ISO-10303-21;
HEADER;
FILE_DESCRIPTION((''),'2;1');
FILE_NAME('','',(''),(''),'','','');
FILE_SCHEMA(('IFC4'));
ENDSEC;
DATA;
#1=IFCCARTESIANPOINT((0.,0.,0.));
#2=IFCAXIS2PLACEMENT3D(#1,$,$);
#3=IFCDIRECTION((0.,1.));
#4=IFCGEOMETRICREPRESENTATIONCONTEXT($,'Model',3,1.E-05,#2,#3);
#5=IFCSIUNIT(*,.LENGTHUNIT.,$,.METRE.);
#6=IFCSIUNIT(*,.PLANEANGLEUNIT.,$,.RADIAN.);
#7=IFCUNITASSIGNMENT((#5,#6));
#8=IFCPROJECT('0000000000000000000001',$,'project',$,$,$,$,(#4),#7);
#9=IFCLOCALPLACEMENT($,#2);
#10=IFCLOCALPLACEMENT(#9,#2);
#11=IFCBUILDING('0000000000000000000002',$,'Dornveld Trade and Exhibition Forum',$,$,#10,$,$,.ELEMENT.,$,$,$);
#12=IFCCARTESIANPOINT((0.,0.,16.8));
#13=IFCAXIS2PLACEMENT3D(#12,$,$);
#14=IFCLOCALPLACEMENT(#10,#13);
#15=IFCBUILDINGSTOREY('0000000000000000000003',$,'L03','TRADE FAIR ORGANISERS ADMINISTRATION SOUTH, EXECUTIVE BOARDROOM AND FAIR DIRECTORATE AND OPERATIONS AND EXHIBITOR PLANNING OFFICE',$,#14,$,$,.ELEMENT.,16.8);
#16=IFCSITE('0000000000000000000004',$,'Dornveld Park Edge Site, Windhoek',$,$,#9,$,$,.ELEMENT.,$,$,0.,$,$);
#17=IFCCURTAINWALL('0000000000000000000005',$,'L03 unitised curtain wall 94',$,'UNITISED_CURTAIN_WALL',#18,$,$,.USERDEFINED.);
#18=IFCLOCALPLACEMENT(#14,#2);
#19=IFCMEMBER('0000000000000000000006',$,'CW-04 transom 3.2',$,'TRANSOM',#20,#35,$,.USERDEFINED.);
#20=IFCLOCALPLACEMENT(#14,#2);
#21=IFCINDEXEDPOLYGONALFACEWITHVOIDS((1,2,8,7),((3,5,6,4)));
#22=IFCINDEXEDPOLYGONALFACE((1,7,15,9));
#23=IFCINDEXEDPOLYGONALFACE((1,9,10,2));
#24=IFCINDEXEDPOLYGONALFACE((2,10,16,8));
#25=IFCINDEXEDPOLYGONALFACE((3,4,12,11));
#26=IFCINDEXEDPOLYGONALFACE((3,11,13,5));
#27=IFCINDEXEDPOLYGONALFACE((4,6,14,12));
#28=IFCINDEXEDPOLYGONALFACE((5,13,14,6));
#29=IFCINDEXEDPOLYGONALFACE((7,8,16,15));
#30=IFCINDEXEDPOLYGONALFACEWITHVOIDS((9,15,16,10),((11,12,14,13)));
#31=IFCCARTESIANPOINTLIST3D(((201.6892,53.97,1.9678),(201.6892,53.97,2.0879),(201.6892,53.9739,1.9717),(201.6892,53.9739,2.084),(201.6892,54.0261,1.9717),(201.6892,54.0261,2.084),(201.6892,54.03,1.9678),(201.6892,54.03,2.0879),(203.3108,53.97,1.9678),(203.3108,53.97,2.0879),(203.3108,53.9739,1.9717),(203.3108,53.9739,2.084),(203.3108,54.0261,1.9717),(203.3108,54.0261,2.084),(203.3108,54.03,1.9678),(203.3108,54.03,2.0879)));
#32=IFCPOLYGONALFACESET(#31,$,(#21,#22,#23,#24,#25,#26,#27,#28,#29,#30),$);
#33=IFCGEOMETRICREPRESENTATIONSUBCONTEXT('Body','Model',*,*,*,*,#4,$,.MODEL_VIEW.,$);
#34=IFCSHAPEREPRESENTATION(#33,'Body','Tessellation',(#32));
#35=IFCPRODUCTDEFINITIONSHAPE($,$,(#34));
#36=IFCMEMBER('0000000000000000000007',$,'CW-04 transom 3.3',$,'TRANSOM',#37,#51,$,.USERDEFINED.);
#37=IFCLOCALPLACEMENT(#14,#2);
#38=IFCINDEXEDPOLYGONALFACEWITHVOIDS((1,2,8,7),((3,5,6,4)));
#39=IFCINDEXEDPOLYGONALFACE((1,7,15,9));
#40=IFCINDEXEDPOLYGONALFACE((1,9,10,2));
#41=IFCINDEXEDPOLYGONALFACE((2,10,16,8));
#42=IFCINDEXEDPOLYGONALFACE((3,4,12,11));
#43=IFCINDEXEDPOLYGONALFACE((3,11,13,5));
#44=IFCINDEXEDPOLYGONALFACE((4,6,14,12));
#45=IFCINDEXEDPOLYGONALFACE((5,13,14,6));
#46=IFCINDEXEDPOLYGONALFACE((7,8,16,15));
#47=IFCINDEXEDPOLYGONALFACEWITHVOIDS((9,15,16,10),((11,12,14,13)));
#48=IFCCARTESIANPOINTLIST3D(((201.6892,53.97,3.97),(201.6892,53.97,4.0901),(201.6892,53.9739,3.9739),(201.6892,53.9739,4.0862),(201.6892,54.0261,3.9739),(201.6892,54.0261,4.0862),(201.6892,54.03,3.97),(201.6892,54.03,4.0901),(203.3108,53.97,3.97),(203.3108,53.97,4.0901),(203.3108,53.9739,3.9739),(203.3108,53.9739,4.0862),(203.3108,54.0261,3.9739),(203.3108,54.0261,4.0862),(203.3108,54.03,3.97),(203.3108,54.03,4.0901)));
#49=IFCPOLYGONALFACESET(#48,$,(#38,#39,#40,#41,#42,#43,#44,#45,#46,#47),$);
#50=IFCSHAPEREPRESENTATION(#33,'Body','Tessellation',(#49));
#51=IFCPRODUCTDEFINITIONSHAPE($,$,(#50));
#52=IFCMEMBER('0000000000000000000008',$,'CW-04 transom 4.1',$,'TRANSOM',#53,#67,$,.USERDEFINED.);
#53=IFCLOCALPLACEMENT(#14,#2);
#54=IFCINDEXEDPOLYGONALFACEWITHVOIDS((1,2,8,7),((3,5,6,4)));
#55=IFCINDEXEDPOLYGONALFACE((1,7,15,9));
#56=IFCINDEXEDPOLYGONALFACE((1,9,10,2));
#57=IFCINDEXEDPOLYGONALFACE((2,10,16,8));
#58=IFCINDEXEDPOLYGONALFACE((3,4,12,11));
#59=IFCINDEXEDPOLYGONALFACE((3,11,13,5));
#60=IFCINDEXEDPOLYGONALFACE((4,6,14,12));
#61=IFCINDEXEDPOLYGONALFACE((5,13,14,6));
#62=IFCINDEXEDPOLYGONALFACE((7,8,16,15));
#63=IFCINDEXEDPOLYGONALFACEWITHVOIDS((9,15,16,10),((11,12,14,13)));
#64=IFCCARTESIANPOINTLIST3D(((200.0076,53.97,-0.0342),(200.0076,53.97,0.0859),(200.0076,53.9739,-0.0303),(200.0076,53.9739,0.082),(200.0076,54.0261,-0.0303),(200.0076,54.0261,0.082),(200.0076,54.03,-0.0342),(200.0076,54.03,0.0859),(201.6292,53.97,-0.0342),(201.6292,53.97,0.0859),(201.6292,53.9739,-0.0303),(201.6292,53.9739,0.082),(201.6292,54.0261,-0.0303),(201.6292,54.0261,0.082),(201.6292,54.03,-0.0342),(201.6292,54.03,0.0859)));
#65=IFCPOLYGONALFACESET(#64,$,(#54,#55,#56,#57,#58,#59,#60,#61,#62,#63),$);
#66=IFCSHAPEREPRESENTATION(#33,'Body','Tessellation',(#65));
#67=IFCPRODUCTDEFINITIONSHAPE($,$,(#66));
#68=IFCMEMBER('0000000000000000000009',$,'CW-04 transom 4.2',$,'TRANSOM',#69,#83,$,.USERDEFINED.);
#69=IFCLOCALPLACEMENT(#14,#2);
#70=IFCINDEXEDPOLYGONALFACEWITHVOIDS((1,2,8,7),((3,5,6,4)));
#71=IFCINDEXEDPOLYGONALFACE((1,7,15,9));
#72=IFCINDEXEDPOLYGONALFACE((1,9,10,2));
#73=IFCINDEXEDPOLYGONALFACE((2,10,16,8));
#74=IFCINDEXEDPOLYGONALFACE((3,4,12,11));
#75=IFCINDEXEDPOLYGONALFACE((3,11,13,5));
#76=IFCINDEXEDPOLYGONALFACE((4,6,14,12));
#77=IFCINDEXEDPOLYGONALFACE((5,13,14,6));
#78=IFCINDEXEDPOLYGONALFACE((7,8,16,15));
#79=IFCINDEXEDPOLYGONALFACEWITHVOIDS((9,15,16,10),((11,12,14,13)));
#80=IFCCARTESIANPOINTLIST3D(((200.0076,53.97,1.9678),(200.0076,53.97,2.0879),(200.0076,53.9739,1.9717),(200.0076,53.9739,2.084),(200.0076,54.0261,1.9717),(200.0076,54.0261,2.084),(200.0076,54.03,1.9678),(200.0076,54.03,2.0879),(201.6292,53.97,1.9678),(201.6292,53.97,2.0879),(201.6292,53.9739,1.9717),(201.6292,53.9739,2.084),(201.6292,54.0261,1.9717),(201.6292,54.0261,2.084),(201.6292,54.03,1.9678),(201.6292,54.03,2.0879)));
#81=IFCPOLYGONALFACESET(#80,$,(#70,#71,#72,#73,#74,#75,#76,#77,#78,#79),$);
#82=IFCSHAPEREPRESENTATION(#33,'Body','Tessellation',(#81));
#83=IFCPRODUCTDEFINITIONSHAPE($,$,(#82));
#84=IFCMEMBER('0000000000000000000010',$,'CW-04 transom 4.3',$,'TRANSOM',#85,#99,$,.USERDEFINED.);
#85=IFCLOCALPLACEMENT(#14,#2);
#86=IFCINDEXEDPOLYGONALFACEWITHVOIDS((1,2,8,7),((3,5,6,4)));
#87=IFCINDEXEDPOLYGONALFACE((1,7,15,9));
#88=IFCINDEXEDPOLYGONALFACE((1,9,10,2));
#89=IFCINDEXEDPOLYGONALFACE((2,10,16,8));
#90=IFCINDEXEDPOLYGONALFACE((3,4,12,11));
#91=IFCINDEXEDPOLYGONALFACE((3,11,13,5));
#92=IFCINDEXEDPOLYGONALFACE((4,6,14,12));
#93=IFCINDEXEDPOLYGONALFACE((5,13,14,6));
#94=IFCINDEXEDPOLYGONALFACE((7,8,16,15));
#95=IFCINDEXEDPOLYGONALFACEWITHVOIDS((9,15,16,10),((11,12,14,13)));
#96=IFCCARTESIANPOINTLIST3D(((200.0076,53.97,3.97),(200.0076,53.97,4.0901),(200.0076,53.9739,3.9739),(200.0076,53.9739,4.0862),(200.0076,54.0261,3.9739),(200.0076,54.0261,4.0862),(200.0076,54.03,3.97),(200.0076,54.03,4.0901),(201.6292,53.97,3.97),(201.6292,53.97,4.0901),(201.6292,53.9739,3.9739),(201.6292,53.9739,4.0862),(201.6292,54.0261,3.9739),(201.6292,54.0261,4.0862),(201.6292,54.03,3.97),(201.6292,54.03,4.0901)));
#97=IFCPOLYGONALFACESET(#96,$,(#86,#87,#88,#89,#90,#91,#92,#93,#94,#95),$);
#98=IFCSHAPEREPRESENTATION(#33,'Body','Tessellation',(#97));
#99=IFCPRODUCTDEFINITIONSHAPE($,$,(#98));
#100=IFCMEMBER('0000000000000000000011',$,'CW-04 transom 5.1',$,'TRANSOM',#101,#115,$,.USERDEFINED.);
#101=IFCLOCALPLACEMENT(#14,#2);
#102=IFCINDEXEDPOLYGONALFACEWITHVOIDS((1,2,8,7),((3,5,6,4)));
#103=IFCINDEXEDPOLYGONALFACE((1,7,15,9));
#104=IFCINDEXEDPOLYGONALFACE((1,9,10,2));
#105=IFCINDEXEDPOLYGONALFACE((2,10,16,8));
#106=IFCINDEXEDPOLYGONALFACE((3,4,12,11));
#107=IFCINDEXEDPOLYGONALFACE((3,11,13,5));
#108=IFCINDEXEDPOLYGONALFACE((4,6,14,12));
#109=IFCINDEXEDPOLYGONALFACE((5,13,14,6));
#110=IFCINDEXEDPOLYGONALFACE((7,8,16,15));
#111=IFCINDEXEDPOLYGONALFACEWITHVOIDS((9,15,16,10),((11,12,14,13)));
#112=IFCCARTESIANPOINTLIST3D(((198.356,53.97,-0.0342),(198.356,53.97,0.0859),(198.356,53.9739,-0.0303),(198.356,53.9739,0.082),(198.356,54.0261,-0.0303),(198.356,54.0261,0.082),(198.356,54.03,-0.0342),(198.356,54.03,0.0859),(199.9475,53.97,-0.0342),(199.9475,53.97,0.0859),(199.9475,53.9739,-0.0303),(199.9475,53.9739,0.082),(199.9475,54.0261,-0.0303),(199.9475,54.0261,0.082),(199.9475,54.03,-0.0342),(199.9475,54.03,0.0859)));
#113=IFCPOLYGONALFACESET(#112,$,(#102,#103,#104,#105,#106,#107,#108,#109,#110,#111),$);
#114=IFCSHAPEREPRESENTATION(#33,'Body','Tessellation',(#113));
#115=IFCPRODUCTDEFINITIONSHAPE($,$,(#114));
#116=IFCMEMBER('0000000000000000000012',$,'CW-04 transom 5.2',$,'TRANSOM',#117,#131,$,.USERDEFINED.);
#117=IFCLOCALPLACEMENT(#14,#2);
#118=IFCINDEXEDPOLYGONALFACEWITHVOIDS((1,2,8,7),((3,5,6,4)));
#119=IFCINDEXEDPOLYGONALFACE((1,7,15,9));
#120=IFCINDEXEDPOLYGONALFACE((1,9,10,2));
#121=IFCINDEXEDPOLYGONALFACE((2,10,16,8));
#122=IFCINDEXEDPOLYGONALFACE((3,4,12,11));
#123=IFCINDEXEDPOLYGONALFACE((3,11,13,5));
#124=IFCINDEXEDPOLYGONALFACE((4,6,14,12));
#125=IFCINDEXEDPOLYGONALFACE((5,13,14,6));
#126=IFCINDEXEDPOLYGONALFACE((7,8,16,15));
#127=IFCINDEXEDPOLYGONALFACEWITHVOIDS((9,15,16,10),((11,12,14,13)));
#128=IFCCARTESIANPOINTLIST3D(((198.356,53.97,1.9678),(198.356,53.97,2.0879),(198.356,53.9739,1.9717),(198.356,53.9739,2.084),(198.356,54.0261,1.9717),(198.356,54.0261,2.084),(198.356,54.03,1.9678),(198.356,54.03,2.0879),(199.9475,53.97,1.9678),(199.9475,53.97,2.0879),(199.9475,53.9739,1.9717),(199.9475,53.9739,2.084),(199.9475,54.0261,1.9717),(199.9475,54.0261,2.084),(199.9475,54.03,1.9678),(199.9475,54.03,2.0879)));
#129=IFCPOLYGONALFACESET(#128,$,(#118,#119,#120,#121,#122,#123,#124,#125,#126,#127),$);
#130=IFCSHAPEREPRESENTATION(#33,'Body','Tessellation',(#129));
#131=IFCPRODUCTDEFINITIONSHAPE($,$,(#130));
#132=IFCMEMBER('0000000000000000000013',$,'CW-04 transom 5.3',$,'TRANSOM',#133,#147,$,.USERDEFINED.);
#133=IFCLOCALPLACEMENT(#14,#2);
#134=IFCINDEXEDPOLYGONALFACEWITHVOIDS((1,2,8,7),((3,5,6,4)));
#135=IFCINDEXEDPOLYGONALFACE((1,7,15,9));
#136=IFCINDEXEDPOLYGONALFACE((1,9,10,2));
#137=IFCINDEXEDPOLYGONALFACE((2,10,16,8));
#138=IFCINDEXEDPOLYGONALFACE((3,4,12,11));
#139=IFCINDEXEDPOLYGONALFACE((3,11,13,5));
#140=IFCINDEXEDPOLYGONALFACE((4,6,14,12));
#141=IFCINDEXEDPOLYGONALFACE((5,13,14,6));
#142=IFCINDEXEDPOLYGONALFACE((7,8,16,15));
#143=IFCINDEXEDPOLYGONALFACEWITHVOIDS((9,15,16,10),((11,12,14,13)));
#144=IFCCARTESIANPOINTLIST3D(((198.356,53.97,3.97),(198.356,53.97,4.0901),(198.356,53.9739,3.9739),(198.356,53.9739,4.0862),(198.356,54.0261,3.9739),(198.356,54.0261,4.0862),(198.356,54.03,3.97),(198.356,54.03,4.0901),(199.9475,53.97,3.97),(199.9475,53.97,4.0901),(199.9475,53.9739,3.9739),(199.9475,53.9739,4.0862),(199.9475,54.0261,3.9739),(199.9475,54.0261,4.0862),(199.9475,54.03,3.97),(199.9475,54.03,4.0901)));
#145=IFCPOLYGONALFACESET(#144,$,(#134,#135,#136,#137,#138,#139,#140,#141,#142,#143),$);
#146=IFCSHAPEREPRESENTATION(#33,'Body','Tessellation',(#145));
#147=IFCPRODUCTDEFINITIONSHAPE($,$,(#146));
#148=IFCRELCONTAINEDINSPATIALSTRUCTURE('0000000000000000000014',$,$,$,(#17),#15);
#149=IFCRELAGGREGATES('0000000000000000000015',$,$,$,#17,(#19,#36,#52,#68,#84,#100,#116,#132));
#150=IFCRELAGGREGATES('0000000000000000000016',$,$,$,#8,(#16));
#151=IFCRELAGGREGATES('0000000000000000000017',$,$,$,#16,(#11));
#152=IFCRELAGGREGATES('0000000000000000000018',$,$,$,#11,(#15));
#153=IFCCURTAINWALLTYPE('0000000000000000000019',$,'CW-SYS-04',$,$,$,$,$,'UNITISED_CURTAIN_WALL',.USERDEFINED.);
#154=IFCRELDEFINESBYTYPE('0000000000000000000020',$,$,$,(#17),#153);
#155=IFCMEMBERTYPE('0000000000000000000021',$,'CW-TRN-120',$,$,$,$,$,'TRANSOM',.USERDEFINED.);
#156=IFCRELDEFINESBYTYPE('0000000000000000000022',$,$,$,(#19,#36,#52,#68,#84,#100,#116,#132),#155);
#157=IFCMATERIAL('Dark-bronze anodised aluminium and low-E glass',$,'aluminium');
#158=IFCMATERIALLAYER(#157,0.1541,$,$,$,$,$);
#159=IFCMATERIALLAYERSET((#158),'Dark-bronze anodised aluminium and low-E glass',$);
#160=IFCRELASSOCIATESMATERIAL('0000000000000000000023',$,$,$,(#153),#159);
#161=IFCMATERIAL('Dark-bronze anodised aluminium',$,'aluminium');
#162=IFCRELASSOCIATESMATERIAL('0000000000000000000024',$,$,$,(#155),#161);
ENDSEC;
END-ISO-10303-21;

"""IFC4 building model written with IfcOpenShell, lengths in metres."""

from ifc_helpers import new_model, si_unit, direction, frame, origin, origin_2d, place, context, subcontext, project, spatial, hollow_rectangle, extrude, material, layer, layer_set, material_profile, profile_set, type_object, element, aggregate, save


model = new_model("IFC4")

# Units and contexts
model_context = context("Model", 3, precision=1e-05, world=origin(), true_north=direction((0.0, 1.0)))
body_context = subcontext(model_context, "Body", "Model", "MODEL_VIEW")
ifc_project = project(units=[si_unit("LENGTHUNIT", "METRE"), si_unit("PLANEANGLEUNIT", "RADIAN")], contexts=[model_context])

# Site, building, storey
site_placement = place(None, origin())
site = spatial("IfcSite", under=ifc_project, at=site_placement, Name="Dornveld Park Edge Site, Windhoek", CompositionType="ELEMENT", RefElevation=0.0)
building_placement = place(site_placement, origin())
building = spatial("IfcBuilding", under=site, at=building_placement, Name="Dornveld Trade and Exhibition Forum", CompositionType="ELEMENT")
storey_placement = place(building_placement, frame((0.0, 0.0, 16.8)))
storey = spatial("IfcBuildingStorey", under=building, at=storey_placement, Name="L03", Description="TRADE FAIR ORGANISERS ADMINISTRATION SOUTH, EXECUTIVE BOARDROOM AND FAIR DIRECTORATE AND OPERATIONS AND EXHIBITOR PLANNING OFFICE", CompositionType="ELEMENT", Elevation=16.8)

# Curtain wall
ifc_material_1 = material(Name="Dark-bronze anodised aluminium and low-E glass", Category="aluminium")
ifc_layer_1 = layer(ifc_material_1, 0.1541)
ifc_layer_set_1 = layer_set([ifc_layer_1], Name="Dark-bronze anodised aluminium and low-E glass")
curtain_wall_type_1 = type_object("IfcCurtainWallType", Name="CW-SYS-04", ElementType="UNITISED_CURTAIN_WALL", PredefinedType="USERDEFINED", material=ifc_layer_set_1)
curtain_wall_1_placement = place(storey_placement, origin())
curtain_wall_1 = element("IfcCurtainWall", 1, at=curtain_wall_1_placement, inside=storey, type_object=curtain_wall_type_1, Name="L03 unitised curtain wall 94", ObjectType="UNITISED_CURTAIN_WALL", PredefinedType="USERDEFINED")

# Members
ifc_material_2 = material(Name="Dark-bronze anodised aluminium", Category="aluminium")
ifc_material_profile_1 = material_profile(ifc_material_2, hollow_rectangle(XDim=0.0601, YDim=0.1201, WallThickness=0.0039, at=origin_2d()), Name="RHS 120x60x4")
ifc_profile_set_1 = profile_set([ifc_material_profile_1], Name="Dark-bronze anodised aluminium")
member_type_1 = type_object("IfcMemberType", Name="CW-TRN-120", ElementType="TRANSOM", PredefinedType="USERDEFINED", material=ifc_profile_set_1)
member_1_placement = place(storey_placement, frame((203.3108, 54.0, 2.0278), z_axis=(-1.0, 0.0, 0.0), x_axis=(0.0, -1.0, 0.0)))
member_1 = element("IfcMember", 2, at=member_1_placement, type_object=member_type_1, Name="CW-04 transom 3.2", ObjectType="TRANSOM", PredefinedType="USERDEFINED", context=body_context, shape_type="SweptSolid", body=[
    extrude(hollow_rectangle(XDim=0.0601, YDim=0.1201, WallThickness=0.0039, at=origin_2d()), origin(), (0.0, 0.0, 1.0), 1.6216),
])
member_2_placement = place(storey_placement, frame((203.3108, 54.0, 4.03), z_axis=(-1.0, 0.0, 0.0), x_axis=(0.0, -1.0, 0.0)))
member_2 = element("IfcMember", 3, at=member_2_placement, type_object=member_type_1, Name="CW-04 transom 3.3", ObjectType="TRANSOM", PredefinedType="USERDEFINED", context=body_context, shape_type="SweptSolid", body=[
    extrude(hollow_rectangle(XDim=0.0601, YDim=0.1201, WallThickness=0.0039, at=origin_2d()), origin(), (0.0, 0.0, 1.0), 1.6216),
])
member_3_placement = place(storey_placement, frame((201.6292, 54.0, 0.0259), z_axis=(-1.0, 0.0, 0.0), x_axis=(0.0, -1.0, 0.0)))
member_3 = element("IfcMember", 4, at=member_3_placement, type_object=member_type_1, Name="CW-04 transom 4.1", ObjectType="TRANSOM", PredefinedType="USERDEFINED", context=body_context, shape_type="SweptSolid", body=[
    extrude(hollow_rectangle(XDim=0.0601, YDim=0.1201, WallThickness=0.0039, at=origin_2d()), origin(), (0.0, 0.0, 1.0), 1.6216),
])
member_4_placement = place(storey_placement, frame((201.6292, 54.0, 2.0278), z_axis=(-1.0, 0.0, 0.0), x_axis=(0.0, -1.0, 0.0)))
member_4 = element("IfcMember", 5, at=member_4_placement, type_object=member_type_1, Name="CW-04 transom 4.2", ObjectType="TRANSOM", PredefinedType="USERDEFINED", context=body_context, shape_type="SweptSolid", body=[
    extrude(hollow_rectangle(XDim=0.0601, YDim=0.1201, WallThickness=0.0039, at=origin_2d()), origin(), (0.0, 0.0, 1.0), 1.6216),
])
member_5_placement = place(storey_placement, frame((201.6292, 54.0, 4.03), z_axis=(-1.0, 0.0, 0.0), x_axis=(0.0, -1.0, 0.0)))
member_5 = element("IfcMember", 6, at=member_5_placement, type_object=member_type_1, Name="CW-04 transom 4.3", ObjectType="TRANSOM", PredefinedType="USERDEFINED", context=body_context, shape_type="SweptSolid", body=[
    extrude(hollow_rectangle(XDim=0.0601, YDim=0.1201, WallThickness=0.0039, at=origin_2d()), origin(), (0.0, 0.0, 1.0), 1.6216),
])
member_6_placement = place(storey_placement, frame((199.9475, 54.0, 0.0259), z_axis=(-1.0, 0.0, 0.0), x_axis=(0.0, -1.0, 0.0)))
member_6 = element("IfcMember", 7, at=member_6_placement, type_object=member_type_1, Name="CW-04 transom 5.1", ObjectType="TRANSOM", PredefinedType="USERDEFINED", context=body_context, shape_type="SweptSolid", body=[
    extrude(hollow_rectangle(XDim=0.0601, YDim=0.1201, WallThickness=0.0039, at=origin_2d()), origin(), (0.0, 0.0, 1.0), 1.5916),
])
member_7_placement = place(storey_placement, frame((199.9475, 54.0, 2.0278), z_axis=(-1.0, 0.0, 0.0), x_axis=(0.0, -1.0, 0.0)))
member_7 = element("IfcMember", 8, at=member_7_placement, type_object=member_type_1, Name="CW-04 transom 5.2", ObjectType="TRANSOM", PredefinedType="USERDEFINED", context=body_context, shape_type="SweptSolid", body=[
    extrude(hollow_rectangle(XDim=0.0601, YDim=0.1201, WallThickness=0.0039, at=origin_2d()), origin(), (0.0, 0.0, 1.0), 1.5916),
])
member_8_placement = place(storey_placement, frame((199.9475, 54.0, 4.03), z_axis=(-1.0, 0.0, 0.0), x_axis=(0.0, -1.0, 0.0)))
member_8 = element("IfcMember", 9, at=member_8_placement, type_object=member_type_1, Name="CW-04 transom 5.3", ObjectType="TRANSOM", PredefinedType="USERDEFINED", context=body_context, shape_type="SweptSolid", body=[
    extrude(hollow_rectangle(XDim=0.0601, YDim=0.1201, WallThickness=0.0039, at=origin_2d()), origin(), (0.0, 0.0, 1.0), 1.5916),
])

aggregate(curtain_wall_1, [member_1, member_2, member_3, member_4, member_5, member_6, member_7, member_8])

save(model, "model.ifc")
